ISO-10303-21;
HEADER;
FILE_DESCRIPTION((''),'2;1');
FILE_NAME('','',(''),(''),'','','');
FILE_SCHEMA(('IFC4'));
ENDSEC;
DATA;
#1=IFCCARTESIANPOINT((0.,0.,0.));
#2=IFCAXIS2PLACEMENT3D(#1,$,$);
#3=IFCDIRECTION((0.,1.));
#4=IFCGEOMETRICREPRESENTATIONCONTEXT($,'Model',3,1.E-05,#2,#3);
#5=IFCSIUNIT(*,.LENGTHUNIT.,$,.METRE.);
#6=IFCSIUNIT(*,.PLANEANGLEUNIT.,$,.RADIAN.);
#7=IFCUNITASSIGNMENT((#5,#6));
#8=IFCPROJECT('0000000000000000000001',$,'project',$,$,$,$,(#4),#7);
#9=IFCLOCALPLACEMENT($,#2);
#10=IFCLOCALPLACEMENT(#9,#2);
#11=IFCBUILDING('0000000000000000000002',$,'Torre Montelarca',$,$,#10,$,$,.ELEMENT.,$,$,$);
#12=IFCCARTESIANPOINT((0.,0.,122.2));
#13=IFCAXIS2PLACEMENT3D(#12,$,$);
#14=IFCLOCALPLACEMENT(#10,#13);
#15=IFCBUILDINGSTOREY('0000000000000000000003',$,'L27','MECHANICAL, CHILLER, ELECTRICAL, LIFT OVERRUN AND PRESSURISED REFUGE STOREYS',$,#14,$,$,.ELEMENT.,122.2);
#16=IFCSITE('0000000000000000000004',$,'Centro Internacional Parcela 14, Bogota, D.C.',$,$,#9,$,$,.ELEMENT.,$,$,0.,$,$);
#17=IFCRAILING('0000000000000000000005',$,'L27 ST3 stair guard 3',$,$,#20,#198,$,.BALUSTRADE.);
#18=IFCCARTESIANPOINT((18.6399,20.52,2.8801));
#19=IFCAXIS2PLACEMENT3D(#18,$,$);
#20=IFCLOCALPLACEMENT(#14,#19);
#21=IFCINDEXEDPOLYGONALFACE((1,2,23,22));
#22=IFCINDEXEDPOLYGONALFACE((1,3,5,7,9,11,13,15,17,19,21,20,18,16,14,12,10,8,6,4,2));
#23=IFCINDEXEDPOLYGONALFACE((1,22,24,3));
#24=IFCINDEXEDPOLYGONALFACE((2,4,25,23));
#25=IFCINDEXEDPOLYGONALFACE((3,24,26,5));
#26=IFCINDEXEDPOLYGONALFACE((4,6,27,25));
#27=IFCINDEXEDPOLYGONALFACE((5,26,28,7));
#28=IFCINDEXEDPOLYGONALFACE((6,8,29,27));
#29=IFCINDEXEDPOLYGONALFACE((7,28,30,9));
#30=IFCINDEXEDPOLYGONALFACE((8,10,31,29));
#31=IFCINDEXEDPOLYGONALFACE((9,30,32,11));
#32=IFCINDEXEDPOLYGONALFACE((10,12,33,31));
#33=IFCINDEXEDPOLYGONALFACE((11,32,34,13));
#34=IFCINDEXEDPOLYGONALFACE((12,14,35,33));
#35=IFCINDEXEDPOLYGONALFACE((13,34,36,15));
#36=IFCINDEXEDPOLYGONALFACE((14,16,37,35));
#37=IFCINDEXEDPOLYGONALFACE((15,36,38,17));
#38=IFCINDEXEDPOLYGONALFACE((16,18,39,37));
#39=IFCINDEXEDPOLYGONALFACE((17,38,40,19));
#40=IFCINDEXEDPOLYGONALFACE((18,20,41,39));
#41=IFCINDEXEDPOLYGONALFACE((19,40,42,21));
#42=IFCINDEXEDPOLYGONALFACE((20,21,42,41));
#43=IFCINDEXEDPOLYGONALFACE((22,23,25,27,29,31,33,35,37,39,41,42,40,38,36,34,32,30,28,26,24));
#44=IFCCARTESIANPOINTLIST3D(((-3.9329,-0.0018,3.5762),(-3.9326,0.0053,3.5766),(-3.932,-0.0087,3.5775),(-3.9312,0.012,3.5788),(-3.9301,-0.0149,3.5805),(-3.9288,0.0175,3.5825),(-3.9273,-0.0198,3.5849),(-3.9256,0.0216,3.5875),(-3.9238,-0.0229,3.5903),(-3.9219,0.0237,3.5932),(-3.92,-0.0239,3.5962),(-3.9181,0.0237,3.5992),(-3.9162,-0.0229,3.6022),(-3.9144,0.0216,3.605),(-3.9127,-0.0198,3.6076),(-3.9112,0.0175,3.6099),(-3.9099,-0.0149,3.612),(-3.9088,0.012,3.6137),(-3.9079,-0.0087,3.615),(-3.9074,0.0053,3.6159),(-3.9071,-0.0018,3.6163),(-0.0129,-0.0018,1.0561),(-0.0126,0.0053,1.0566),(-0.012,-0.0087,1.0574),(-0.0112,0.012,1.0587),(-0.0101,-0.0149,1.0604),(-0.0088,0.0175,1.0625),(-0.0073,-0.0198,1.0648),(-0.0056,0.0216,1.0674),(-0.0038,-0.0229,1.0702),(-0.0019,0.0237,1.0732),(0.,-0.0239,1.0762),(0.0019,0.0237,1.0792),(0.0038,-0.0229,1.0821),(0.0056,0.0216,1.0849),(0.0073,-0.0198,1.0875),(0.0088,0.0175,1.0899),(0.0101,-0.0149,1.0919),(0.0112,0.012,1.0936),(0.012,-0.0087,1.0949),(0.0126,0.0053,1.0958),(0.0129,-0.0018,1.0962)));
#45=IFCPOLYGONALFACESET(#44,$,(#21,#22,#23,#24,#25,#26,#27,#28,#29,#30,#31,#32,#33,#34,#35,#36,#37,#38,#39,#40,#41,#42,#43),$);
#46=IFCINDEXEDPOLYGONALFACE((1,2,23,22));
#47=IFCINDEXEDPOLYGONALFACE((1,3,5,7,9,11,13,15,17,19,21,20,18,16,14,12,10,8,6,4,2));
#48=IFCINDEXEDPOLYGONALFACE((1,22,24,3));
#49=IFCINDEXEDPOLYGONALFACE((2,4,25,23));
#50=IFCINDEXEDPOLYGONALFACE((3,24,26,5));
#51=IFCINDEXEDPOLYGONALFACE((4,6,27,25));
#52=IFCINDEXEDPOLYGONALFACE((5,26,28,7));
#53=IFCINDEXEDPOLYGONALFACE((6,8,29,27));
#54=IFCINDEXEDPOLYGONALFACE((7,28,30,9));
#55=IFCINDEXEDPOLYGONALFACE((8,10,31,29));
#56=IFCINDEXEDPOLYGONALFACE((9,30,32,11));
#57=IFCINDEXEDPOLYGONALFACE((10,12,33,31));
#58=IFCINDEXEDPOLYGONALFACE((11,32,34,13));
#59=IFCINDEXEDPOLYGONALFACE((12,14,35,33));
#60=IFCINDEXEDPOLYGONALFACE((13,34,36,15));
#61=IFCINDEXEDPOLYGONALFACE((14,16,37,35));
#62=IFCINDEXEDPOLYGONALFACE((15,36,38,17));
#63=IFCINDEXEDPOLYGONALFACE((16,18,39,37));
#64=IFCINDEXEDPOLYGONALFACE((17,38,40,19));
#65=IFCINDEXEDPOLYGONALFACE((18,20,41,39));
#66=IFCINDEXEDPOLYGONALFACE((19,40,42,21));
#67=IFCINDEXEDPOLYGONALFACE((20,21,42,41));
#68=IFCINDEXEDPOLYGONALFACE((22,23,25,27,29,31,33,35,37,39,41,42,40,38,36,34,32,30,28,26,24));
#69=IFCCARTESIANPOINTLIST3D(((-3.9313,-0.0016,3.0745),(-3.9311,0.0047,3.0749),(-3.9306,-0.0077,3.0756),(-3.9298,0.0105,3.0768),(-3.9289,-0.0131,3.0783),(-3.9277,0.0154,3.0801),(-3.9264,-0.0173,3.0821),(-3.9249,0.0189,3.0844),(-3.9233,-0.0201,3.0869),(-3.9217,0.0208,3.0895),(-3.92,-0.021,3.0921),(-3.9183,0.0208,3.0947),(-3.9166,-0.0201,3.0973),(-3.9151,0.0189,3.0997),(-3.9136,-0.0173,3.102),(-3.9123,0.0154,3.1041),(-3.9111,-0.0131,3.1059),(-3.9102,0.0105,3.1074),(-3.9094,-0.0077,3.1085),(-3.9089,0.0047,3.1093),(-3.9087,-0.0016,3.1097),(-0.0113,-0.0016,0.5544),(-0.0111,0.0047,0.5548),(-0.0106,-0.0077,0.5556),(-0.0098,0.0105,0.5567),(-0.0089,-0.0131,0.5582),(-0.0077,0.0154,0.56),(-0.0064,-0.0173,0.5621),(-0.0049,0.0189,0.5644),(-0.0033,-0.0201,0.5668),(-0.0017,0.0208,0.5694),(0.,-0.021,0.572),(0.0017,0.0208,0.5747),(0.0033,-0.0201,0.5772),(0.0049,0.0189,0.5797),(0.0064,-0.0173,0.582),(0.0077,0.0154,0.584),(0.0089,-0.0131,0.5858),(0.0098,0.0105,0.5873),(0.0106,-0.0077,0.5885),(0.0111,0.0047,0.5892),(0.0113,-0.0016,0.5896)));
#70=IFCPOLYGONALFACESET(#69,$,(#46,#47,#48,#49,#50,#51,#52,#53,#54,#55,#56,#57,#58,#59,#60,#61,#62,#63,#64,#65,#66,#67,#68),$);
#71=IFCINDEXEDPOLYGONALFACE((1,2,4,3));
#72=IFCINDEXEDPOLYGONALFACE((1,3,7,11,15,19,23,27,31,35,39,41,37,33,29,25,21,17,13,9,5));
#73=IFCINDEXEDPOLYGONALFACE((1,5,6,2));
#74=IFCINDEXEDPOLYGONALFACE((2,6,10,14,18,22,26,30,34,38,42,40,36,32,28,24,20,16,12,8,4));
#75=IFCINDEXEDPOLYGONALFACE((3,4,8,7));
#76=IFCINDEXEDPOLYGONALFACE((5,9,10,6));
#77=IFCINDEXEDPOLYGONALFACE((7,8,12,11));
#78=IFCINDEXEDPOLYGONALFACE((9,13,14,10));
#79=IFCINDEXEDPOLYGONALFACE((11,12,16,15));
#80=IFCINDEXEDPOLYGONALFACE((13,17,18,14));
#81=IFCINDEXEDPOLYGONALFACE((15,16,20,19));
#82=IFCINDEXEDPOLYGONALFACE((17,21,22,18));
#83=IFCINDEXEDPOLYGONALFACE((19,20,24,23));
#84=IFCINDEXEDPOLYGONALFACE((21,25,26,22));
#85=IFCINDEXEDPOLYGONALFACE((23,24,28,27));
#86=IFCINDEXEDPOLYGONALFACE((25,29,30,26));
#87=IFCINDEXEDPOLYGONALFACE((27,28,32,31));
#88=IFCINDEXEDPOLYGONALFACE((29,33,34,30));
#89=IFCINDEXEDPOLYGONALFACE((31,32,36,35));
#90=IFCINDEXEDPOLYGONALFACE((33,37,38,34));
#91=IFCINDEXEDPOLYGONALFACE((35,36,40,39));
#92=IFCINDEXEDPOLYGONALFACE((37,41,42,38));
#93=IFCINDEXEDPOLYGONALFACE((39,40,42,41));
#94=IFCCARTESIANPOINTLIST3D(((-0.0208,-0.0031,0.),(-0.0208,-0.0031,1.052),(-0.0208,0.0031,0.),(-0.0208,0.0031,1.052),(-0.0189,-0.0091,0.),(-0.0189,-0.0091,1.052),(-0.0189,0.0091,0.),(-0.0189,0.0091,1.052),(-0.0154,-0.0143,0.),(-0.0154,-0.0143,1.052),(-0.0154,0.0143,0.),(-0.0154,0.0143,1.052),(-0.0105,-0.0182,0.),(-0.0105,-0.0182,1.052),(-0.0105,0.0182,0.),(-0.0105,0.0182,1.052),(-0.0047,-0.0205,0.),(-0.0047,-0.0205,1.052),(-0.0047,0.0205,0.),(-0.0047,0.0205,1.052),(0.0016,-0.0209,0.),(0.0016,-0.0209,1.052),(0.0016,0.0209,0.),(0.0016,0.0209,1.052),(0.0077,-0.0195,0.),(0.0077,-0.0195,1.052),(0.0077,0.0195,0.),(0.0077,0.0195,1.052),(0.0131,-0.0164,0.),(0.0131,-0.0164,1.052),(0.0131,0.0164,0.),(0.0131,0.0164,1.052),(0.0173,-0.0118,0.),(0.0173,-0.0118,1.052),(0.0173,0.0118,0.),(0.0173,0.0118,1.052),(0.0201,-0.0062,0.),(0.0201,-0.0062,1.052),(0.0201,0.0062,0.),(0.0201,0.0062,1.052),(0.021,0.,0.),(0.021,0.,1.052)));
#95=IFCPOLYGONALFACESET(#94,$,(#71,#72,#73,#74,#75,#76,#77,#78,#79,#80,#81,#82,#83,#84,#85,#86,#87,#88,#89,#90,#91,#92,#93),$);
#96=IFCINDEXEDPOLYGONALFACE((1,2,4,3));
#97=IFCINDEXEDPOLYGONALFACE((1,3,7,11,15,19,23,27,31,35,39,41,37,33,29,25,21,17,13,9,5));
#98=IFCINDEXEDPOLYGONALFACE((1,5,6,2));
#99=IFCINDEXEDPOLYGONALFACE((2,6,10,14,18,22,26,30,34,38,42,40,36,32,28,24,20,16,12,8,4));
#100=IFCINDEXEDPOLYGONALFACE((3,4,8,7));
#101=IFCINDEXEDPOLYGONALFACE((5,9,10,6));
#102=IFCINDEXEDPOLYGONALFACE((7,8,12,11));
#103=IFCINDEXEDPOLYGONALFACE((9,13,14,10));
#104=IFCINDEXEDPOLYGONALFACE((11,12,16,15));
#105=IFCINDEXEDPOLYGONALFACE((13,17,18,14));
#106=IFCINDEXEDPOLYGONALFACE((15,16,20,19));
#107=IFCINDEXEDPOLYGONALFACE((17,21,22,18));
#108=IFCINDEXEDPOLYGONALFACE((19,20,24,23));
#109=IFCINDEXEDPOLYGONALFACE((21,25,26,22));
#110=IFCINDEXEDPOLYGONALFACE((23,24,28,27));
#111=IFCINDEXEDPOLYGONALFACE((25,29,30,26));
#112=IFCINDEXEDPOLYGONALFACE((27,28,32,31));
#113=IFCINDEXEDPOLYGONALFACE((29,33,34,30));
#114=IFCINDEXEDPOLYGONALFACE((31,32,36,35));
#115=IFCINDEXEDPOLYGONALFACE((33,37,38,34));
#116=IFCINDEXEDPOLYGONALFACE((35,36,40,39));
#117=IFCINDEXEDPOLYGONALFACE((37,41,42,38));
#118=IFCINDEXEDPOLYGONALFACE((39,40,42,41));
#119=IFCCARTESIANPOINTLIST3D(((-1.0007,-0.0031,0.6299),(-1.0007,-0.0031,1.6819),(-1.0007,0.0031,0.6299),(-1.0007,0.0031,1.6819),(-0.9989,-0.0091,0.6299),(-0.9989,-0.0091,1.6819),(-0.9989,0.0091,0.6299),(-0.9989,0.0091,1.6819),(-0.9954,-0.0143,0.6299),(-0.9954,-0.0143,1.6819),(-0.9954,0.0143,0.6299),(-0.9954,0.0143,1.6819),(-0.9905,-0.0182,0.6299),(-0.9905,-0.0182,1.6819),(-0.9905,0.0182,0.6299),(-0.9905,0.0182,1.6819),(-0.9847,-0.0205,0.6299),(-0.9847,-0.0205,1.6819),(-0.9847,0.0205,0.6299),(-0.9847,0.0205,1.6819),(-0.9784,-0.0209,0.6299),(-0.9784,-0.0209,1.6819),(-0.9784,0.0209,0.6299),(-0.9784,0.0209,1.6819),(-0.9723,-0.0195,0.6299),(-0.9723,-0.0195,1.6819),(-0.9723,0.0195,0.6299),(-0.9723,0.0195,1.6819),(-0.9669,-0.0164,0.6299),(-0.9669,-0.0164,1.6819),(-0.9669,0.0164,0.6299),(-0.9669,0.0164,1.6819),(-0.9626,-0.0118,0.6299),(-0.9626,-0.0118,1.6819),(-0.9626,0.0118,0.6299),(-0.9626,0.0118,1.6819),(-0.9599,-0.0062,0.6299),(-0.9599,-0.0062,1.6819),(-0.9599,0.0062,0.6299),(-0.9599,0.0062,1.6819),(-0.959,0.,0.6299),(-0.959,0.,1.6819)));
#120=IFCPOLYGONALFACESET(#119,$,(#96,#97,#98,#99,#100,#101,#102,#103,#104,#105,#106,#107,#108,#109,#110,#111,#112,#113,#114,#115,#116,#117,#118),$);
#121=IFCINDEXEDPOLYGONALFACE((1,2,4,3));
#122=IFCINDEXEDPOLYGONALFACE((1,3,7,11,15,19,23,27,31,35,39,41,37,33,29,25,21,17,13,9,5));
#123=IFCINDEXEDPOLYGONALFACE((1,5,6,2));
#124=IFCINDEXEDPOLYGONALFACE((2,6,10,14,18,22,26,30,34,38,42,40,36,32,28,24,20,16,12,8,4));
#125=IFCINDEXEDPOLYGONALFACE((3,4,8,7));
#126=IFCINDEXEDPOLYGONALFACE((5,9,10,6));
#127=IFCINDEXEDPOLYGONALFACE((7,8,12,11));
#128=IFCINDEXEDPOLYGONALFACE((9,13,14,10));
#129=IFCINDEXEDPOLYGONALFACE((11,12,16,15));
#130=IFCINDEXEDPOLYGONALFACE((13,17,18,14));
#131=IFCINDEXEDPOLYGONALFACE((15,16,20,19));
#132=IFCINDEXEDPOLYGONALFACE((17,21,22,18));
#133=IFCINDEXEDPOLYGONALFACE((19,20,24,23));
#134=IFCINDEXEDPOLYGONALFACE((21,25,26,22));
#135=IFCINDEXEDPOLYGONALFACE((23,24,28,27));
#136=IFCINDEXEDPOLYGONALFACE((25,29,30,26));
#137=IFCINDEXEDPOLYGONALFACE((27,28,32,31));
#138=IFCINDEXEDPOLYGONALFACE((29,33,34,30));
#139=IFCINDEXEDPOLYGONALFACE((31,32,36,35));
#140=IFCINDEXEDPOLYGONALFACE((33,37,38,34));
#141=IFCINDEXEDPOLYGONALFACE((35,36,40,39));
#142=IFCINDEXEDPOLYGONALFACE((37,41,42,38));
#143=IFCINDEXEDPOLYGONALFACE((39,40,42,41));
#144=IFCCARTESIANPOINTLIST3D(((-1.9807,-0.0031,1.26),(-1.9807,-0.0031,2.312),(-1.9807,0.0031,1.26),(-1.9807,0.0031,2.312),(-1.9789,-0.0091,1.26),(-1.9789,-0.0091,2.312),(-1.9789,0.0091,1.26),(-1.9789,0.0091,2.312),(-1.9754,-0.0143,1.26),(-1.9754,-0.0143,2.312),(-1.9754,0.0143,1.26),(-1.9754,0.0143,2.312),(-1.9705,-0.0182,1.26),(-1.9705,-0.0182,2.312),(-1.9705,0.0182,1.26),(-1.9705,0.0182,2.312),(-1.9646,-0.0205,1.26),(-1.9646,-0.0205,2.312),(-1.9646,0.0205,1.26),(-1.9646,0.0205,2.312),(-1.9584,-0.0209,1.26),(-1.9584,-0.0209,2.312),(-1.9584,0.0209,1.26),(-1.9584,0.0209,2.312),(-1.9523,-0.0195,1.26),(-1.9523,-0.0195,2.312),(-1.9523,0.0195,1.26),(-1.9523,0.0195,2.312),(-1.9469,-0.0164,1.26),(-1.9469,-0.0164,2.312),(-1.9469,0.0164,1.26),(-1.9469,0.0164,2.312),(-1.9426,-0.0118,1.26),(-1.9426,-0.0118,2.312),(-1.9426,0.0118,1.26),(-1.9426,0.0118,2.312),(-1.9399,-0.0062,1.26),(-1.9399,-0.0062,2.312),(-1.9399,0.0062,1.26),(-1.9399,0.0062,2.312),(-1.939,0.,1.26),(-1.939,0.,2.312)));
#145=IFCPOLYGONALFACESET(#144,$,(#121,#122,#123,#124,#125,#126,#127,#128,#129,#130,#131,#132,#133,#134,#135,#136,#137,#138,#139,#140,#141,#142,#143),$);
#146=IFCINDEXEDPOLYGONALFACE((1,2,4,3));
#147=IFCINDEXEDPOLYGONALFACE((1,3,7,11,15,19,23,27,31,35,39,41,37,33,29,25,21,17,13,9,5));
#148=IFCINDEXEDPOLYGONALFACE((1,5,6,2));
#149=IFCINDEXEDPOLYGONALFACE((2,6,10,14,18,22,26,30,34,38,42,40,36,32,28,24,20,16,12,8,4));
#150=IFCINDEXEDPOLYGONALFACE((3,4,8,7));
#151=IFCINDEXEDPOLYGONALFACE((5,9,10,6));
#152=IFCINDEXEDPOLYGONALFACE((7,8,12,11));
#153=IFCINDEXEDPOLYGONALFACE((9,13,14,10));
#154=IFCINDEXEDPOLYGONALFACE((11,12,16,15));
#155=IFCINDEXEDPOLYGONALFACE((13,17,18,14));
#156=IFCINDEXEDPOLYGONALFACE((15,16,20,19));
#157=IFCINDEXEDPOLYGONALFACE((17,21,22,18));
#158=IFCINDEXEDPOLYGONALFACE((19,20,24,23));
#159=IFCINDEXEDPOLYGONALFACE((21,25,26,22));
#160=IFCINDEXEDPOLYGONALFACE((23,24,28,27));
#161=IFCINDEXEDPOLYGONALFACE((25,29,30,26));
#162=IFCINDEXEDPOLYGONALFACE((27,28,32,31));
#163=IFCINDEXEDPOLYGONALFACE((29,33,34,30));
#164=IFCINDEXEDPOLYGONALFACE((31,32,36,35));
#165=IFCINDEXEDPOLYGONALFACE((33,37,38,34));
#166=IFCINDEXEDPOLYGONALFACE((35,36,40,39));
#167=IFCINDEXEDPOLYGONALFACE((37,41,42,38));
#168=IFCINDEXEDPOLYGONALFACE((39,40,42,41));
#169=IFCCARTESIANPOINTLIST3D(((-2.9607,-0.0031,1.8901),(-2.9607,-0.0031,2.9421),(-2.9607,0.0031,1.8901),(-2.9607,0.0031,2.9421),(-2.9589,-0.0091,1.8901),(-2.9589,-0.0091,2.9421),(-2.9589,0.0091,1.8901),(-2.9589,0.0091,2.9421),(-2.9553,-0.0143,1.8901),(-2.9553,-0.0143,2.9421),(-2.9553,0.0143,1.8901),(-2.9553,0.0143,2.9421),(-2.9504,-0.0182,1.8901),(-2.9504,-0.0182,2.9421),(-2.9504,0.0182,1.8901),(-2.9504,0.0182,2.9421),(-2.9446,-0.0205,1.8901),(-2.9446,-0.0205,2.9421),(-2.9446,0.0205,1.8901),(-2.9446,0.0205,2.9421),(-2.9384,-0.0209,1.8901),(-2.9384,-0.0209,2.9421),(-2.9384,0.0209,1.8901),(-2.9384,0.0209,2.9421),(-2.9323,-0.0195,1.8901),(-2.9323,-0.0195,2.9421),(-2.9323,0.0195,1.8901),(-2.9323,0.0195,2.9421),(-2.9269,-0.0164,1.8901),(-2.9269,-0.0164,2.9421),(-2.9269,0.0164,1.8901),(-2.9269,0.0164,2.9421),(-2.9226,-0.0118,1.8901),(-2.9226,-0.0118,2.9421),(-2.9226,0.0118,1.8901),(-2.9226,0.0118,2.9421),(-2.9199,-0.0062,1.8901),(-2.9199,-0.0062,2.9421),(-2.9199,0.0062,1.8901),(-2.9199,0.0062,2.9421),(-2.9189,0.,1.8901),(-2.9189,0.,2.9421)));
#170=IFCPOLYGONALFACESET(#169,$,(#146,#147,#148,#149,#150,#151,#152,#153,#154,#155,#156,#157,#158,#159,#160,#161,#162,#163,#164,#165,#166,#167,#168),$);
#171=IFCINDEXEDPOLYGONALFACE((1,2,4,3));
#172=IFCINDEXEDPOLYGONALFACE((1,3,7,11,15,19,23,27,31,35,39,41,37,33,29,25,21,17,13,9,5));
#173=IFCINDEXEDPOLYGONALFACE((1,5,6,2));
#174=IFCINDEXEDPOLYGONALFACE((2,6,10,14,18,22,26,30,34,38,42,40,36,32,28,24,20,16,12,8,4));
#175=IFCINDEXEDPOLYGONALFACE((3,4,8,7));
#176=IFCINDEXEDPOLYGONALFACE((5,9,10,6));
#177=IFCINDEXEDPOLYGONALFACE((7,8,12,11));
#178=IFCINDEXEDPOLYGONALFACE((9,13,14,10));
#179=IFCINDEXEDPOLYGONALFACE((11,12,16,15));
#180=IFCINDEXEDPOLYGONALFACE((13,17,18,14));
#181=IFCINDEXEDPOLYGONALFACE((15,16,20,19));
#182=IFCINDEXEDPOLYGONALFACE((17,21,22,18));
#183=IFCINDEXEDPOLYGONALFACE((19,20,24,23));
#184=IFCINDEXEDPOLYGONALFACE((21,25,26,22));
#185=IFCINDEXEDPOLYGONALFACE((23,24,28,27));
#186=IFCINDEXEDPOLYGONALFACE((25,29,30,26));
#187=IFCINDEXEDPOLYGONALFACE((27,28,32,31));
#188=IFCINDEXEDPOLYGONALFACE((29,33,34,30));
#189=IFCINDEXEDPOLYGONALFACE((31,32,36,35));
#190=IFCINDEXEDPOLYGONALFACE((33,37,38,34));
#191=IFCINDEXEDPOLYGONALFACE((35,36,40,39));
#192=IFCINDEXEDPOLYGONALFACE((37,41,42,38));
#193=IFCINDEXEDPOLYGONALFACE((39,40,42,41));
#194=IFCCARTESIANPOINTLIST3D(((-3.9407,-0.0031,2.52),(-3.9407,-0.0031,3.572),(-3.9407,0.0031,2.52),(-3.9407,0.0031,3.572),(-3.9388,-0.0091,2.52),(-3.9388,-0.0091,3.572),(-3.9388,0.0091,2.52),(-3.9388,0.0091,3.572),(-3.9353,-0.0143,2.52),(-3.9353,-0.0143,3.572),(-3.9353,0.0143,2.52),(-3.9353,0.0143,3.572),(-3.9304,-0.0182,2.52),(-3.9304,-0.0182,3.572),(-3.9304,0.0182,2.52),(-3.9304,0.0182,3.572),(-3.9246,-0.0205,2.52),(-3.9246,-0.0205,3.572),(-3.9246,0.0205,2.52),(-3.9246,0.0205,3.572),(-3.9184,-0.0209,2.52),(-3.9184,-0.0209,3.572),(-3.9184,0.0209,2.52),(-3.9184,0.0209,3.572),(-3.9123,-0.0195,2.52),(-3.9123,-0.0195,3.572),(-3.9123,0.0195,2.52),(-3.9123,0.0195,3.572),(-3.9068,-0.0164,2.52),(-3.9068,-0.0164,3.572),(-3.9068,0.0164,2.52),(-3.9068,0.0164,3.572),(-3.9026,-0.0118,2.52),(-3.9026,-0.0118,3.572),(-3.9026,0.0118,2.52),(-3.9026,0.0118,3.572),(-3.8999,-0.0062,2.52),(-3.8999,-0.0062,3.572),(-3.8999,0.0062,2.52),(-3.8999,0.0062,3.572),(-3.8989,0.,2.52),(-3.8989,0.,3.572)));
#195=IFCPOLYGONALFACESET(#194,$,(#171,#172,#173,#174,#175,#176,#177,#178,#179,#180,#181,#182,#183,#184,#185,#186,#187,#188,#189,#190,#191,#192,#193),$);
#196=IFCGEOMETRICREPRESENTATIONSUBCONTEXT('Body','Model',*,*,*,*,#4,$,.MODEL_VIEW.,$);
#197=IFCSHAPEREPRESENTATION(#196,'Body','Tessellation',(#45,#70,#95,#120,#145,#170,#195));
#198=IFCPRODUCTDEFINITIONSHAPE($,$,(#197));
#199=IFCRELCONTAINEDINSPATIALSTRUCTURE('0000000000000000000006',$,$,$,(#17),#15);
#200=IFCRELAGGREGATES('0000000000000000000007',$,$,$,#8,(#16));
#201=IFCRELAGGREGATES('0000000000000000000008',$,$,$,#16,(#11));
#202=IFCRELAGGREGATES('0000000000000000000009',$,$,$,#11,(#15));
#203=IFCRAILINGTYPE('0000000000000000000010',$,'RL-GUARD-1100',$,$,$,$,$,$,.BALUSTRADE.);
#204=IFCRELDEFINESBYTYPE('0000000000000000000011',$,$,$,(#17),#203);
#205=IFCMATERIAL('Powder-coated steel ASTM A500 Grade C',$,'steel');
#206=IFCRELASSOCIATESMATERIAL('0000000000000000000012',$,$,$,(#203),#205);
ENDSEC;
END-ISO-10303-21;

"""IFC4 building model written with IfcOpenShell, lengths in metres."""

from ifc_helpers import new_model, si_unit, direction, frame, origin, origin_2d, place, context, subcontext, project, spatial, circle, extrude, material, type_object, element, save


model = new_model("IFC4")

# Units and contexts
model_context = context("Model", 3, precision=1e-05, world=origin(), true_north=direction((0.0, 1.0)))
body_context = subcontext(model_context, "Body", "Model", "MODEL_VIEW")
ifc_project = project(units=[si_unit("LENGTHUNIT", "METRE"), si_unit("PLANEANGLEUNIT", "RADIAN")], contexts=[model_context])

# Site, building, storey
site_placement = place(None, origin())
site = spatial("IfcSite", under=ifc_project, at=site_placement, Name="Centro Internacional Parcela 14, Bogota, D.C.", CompositionType="ELEMENT", RefElevation=0.0)
building_placement = place(site_placement, origin())
building = spatial("IfcBuilding", under=site, at=building_placement, Name="Torre Montelarca", CompositionType="ELEMENT")
storey_placement = place(building_placement, frame((0.0, 0.0, 122.2)))
storey = spatial("IfcBuildingStorey", under=building, at=storey_placement, Name="L27", Description="MECHANICAL, CHILLER, ELECTRICAL, LIFT OVERRUN AND PRESSURISED REFUGE STOREYS", CompositionType="ELEMENT", Elevation=122.2)

# Railing
ifc_material_1 = material(Name="Powder-coated steel ASTM A500 Grade C", Category="steel")
railing_type_1 = type_object("IfcRailingType", Name="RL-GUARD-1100", PredefinedType="BALUSTRADE", material=ifc_material_1)
railing_1_placement = place(storey_placement, frame((18.6399, 20.52, 2.8801)))
element("IfcRailing", 1, at=railing_1_placement, inside=storey, type_object=railing_type_1, Name="L27 ST3 stair guard 3", PredefinedType="BALUSTRADE", context=body_context, shape_type="SweptSolid", body=[
    extrude(circle(Radius=0.0239, at=origin_2d()), frame((0.0, 0.0, 1.0762), z_axis=(-0.841172, 0.0, 0.540768), x_axis=(0.0, -1.0, 0.0)), (0.0, 0.0, 1.0), 4.6602),
    extrude(circle(Radius=0.021, at=origin_2d()), frame((0.0, 0.0, 0.572), z_axis=(-0.841172, 0.0, 0.540768), x_axis=(0.0, -1.0, 0.0)), (0.0, 0.0, 1.0), 4.6602),
    extrude(circle(Radius=0.021, at=origin_2d()), origin(), (0.0, 0.0, 1.0), 1.052),
    extrude(circle(Radius=0.021, at=origin_2d()), frame((-0.98, 0.0, 0.6299)), (0.0, 0.0, 1.0), 1.052),
    extrude(circle(Radius=0.021, at=origin_2d()), frame((-1.96, 0.0, 1.26)), (0.0, 0.0, 1.0), 1.052),
    extrude(circle(Radius=0.021, at=origin_2d()), frame((-2.9399, 0.0, 1.8901)), (0.0, 0.0, 1.0), 1.052),
    extrude(circle(Radius=0.021, at=origin_2d()), frame((-3.9199, 0.0, 2.52)), (0.0, 0.0, 1.0), 1.052),
])

save(model, "model.ifc")
